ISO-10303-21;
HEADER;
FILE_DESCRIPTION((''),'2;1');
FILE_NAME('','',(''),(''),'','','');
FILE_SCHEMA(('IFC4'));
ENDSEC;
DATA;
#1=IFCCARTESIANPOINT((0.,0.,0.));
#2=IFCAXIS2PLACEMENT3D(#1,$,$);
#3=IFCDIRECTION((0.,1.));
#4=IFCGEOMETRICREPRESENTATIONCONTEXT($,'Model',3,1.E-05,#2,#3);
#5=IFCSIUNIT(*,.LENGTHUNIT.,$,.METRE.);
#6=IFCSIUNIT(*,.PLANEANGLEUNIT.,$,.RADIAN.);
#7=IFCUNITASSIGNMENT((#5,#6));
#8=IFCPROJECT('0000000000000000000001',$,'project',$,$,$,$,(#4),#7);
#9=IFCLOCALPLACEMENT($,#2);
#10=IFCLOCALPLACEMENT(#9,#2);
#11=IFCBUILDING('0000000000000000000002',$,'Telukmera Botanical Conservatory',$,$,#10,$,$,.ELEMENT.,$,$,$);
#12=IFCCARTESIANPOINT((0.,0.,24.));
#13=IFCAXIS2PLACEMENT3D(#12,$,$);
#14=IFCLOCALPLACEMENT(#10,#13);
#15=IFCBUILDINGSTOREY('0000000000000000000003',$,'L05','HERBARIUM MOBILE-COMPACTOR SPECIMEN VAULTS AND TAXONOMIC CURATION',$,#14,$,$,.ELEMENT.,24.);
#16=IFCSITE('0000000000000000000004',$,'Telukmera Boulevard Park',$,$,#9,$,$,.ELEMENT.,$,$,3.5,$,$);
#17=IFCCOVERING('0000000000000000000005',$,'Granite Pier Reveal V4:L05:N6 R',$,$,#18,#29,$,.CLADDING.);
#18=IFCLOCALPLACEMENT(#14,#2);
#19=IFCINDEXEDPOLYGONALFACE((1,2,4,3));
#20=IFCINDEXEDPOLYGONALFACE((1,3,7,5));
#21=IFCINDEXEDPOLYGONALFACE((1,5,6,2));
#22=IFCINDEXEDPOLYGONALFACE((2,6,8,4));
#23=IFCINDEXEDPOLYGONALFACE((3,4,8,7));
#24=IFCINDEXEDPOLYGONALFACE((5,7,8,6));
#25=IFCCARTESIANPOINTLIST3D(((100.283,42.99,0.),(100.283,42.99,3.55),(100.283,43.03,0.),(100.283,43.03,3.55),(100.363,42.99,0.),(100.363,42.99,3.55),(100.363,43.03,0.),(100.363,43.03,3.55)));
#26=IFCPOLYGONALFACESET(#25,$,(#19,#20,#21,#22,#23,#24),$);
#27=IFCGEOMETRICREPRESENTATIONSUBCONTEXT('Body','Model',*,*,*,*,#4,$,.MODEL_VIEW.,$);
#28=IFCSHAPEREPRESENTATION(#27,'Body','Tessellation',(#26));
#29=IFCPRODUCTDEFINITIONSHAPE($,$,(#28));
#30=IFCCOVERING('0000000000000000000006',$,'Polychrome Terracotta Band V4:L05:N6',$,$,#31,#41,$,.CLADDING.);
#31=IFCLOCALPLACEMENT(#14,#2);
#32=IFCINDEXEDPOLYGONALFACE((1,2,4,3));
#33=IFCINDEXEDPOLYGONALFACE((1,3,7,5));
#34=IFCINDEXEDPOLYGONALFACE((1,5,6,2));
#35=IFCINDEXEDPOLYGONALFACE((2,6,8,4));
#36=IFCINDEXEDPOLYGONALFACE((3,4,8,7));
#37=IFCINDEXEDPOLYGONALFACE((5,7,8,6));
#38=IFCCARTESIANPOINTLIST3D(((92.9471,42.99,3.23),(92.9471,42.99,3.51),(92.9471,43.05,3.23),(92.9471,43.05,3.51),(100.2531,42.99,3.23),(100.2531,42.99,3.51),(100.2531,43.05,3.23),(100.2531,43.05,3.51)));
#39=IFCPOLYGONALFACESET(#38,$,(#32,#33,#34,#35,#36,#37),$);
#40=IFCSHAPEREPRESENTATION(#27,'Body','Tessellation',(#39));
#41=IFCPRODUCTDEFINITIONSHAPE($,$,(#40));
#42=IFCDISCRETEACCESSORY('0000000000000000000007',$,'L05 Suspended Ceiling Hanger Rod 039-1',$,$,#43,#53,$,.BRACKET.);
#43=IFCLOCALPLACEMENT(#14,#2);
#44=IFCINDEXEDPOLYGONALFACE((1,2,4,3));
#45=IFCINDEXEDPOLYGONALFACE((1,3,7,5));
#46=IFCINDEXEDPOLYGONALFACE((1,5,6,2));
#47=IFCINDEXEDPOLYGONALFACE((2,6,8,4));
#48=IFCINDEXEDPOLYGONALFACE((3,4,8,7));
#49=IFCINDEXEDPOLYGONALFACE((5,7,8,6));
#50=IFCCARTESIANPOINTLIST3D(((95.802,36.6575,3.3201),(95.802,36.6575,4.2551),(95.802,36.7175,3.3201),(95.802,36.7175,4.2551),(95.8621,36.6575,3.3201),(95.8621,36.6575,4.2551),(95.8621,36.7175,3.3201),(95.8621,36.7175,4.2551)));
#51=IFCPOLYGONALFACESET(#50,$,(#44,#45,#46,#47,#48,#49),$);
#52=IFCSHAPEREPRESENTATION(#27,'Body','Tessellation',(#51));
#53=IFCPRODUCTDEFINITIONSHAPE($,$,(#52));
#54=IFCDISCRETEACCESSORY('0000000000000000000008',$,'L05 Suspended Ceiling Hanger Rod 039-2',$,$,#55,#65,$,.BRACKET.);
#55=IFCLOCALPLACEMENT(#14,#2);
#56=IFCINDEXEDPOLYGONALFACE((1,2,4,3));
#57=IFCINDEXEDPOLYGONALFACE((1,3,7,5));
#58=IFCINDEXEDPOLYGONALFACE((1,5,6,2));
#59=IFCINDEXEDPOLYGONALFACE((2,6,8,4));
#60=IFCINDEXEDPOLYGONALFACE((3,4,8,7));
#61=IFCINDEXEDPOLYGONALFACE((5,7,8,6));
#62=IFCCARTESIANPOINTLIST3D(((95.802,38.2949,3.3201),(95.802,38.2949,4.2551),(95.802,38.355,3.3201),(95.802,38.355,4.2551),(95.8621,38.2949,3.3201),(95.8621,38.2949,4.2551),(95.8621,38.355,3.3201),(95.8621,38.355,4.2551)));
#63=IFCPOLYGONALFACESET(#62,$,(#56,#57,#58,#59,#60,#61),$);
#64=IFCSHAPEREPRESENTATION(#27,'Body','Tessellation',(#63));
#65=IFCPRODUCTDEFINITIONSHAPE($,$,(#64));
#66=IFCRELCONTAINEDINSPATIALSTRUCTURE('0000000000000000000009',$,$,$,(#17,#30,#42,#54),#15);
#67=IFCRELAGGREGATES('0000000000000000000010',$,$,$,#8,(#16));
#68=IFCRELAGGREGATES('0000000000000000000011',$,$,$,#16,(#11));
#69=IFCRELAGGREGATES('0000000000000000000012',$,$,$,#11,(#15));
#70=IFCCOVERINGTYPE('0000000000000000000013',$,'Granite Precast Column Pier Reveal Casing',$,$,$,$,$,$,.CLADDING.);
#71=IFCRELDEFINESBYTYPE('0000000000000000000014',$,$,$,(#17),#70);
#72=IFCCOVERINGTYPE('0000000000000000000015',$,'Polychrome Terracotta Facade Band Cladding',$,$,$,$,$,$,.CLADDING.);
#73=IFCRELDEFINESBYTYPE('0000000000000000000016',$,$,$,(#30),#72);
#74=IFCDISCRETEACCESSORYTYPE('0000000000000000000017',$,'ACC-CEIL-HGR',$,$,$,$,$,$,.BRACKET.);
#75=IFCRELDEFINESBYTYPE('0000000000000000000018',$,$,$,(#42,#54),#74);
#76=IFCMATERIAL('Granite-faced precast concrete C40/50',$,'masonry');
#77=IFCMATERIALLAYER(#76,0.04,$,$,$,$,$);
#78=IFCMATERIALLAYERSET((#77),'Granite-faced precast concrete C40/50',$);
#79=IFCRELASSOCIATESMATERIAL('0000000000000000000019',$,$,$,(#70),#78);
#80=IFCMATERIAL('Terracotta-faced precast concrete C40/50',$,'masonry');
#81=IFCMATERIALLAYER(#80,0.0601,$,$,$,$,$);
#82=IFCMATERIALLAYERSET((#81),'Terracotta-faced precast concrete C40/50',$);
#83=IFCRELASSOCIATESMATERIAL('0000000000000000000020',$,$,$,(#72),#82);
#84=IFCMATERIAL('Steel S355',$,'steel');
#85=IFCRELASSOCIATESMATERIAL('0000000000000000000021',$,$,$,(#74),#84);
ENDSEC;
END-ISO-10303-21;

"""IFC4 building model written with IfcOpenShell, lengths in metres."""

from ifc_helpers import new_model, si_unit, direction, frame, origin, origin_2d, place, context, subcontext, project, spatial, rectangle, extrude, material, layer, layer_set, type_object, element, save


model = new_model("IFC4")

# Units and contexts
model_context = context("Model", 3, precision=1e-05, world=origin(), true_north=direction((0.0, 1.0)))
body_context = subcontext(model_context, "Body", "Model", "MODEL_VIEW")
ifc_project = project(units=[si_unit("LENGTHUNIT", "METRE"), si_unit("PLANEANGLEUNIT", "RADIAN")], contexts=[model_context])

# Site, building, storey
site_placement = place(None, origin())
site = spatial("IfcSite", under=ifc_project, at=site_placement, Name="Telukmera Boulevard Park", CompositionType="ELEMENT", RefElevation=3.5)
building_placement = place(site_placement, origin())
building = spatial("IfcBuilding", under=site, at=building_placement, Name="Telukmera Botanical Conservatory", CompositionType="ELEMENT")
storey_placement = place(building_placement, frame((0.0, 0.0, 24.0)))
storey = spatial("IfcBuildingStorey", under=building, at=storey_placement, Name="L05", Description="HERBARIUM MOBILE-COMPACTOR SPECIMEN VAULTS AND TAXONOMIC CURATION", CompositionType="ELEMENT", Elevation=24.0)

# Shared definitions
ifc_material_1 = material(Name="Terracotta-faced precast concrete C40/50", Category="masonry")

# Coverings
ifc_material_2 = material(Name="Granite-faced precast concrete C40/50", Category="masonry")
ifc_layer_1 = layer(ifc_material_2, 0.04)
ifc_layer_set_1 = layer_set([ifc_layer_1], Name="Granite-faced precast concrete C40/50")
covering_type_1 = type_object("IfcCoveringType", Name="Granite Precast Column Pier Reveal Casing", PredefinedType="CLADDING", material=ifc_layer_set_1)
for number, where, z_axis, x_axis, name in (
    (1, (100.323, 43.01, 0.0), (0.0, 0.0, 1.0), (1.0, 0.0, 0.0), "Granite Pier Reveal V4:L05:N6 R"),
):
    element("IfcCovering", number, at=place(storey_placement, frame(where, z_axis=z_axis, x_axis=x_axis)), inside=storey, type_object=covering_type_1, Name=name, PredefinedType="CLADDING", context=body_context, shape_type="SweptSolid", body=[
        extrude(rectangle(XDim=0.0801, YDim=0.04, at=origin_2d()), origin(), (0.0, 0.0, 1.0), 3.55),
    ])
ifc_layer_2 = layer(ifc_material_1, 0.0601)
ifc_layer_set_2 = layer_set([ifc_layer_2], Name="Terracotta-faced precast concrete C40/50")
covering_type_2 = type_object("IfcCoveringType", Name="Polychrome Terracotta Facade Band Cladding", PredefinedType="CLADDING", material=ifc_layer_set_2)
covering_placement = place(storey_placement, frame((96.6001, 43.02, 3.23), z_axis=(0.0, 0.0, 1.0), x_axis=(1.0, 0.0, 0.0)))
element("IfcCovering", 2, at=covering_placement, inside=storey, type_object=covering_type_2, Name="Polychrome Terracotta Band V4:L05:N6", PredefinedType="CLADDING", context=body_context, shape_type="SweptSolid", body=[
    extrude(rectangle(XDim=7.3059, YDim=0.0601, at=origin_2d()), origin(), (0.0, 0.0, 1.0), 0.28),
])

# Discrete accessories
ifc_material_3 = material(Name="Steel S355", Category="steel")
discrete_accessory_type = type_object("IfcDiscreteAccessoryType", Name="ACC-CEIL-HGR", PredefinedType="BRACKET", material=ifc_material_3)
for number, where, z_axis, x_axis, name in (
    (3, (95.832, 36.6875, 3.3201), (0.0, 0.0, 1.0), (1.0, 0.0, 0.0), "L05 Suspended Ceiling Hanger Rod 039-1"),
    (4, (95.832, 38.325, 3.3201), (0.0, 0.0, 1.0), (1.0, 0.0, 0.0), "L05 Suspended Ceiling Hanger Rod 039-2"),
):
    element("IfcDiscreteAccessory", number, at=place(storey_placement, frame(where, z_axis=z_axis, x_axis=x_axis)), inside=storey, type_object=discrete_accessory_type, Name=name, PredefinedType="BRACKET", context=body_context, shape_type="SweptSolid", body=[
        extrude(rectangle(XDim=0.0601, YDim=0.0601, at=origin_2d()), origin(), (0.0, 0.0, 1.0), 0.9351),
    ])

save(model, "model.ifc")
